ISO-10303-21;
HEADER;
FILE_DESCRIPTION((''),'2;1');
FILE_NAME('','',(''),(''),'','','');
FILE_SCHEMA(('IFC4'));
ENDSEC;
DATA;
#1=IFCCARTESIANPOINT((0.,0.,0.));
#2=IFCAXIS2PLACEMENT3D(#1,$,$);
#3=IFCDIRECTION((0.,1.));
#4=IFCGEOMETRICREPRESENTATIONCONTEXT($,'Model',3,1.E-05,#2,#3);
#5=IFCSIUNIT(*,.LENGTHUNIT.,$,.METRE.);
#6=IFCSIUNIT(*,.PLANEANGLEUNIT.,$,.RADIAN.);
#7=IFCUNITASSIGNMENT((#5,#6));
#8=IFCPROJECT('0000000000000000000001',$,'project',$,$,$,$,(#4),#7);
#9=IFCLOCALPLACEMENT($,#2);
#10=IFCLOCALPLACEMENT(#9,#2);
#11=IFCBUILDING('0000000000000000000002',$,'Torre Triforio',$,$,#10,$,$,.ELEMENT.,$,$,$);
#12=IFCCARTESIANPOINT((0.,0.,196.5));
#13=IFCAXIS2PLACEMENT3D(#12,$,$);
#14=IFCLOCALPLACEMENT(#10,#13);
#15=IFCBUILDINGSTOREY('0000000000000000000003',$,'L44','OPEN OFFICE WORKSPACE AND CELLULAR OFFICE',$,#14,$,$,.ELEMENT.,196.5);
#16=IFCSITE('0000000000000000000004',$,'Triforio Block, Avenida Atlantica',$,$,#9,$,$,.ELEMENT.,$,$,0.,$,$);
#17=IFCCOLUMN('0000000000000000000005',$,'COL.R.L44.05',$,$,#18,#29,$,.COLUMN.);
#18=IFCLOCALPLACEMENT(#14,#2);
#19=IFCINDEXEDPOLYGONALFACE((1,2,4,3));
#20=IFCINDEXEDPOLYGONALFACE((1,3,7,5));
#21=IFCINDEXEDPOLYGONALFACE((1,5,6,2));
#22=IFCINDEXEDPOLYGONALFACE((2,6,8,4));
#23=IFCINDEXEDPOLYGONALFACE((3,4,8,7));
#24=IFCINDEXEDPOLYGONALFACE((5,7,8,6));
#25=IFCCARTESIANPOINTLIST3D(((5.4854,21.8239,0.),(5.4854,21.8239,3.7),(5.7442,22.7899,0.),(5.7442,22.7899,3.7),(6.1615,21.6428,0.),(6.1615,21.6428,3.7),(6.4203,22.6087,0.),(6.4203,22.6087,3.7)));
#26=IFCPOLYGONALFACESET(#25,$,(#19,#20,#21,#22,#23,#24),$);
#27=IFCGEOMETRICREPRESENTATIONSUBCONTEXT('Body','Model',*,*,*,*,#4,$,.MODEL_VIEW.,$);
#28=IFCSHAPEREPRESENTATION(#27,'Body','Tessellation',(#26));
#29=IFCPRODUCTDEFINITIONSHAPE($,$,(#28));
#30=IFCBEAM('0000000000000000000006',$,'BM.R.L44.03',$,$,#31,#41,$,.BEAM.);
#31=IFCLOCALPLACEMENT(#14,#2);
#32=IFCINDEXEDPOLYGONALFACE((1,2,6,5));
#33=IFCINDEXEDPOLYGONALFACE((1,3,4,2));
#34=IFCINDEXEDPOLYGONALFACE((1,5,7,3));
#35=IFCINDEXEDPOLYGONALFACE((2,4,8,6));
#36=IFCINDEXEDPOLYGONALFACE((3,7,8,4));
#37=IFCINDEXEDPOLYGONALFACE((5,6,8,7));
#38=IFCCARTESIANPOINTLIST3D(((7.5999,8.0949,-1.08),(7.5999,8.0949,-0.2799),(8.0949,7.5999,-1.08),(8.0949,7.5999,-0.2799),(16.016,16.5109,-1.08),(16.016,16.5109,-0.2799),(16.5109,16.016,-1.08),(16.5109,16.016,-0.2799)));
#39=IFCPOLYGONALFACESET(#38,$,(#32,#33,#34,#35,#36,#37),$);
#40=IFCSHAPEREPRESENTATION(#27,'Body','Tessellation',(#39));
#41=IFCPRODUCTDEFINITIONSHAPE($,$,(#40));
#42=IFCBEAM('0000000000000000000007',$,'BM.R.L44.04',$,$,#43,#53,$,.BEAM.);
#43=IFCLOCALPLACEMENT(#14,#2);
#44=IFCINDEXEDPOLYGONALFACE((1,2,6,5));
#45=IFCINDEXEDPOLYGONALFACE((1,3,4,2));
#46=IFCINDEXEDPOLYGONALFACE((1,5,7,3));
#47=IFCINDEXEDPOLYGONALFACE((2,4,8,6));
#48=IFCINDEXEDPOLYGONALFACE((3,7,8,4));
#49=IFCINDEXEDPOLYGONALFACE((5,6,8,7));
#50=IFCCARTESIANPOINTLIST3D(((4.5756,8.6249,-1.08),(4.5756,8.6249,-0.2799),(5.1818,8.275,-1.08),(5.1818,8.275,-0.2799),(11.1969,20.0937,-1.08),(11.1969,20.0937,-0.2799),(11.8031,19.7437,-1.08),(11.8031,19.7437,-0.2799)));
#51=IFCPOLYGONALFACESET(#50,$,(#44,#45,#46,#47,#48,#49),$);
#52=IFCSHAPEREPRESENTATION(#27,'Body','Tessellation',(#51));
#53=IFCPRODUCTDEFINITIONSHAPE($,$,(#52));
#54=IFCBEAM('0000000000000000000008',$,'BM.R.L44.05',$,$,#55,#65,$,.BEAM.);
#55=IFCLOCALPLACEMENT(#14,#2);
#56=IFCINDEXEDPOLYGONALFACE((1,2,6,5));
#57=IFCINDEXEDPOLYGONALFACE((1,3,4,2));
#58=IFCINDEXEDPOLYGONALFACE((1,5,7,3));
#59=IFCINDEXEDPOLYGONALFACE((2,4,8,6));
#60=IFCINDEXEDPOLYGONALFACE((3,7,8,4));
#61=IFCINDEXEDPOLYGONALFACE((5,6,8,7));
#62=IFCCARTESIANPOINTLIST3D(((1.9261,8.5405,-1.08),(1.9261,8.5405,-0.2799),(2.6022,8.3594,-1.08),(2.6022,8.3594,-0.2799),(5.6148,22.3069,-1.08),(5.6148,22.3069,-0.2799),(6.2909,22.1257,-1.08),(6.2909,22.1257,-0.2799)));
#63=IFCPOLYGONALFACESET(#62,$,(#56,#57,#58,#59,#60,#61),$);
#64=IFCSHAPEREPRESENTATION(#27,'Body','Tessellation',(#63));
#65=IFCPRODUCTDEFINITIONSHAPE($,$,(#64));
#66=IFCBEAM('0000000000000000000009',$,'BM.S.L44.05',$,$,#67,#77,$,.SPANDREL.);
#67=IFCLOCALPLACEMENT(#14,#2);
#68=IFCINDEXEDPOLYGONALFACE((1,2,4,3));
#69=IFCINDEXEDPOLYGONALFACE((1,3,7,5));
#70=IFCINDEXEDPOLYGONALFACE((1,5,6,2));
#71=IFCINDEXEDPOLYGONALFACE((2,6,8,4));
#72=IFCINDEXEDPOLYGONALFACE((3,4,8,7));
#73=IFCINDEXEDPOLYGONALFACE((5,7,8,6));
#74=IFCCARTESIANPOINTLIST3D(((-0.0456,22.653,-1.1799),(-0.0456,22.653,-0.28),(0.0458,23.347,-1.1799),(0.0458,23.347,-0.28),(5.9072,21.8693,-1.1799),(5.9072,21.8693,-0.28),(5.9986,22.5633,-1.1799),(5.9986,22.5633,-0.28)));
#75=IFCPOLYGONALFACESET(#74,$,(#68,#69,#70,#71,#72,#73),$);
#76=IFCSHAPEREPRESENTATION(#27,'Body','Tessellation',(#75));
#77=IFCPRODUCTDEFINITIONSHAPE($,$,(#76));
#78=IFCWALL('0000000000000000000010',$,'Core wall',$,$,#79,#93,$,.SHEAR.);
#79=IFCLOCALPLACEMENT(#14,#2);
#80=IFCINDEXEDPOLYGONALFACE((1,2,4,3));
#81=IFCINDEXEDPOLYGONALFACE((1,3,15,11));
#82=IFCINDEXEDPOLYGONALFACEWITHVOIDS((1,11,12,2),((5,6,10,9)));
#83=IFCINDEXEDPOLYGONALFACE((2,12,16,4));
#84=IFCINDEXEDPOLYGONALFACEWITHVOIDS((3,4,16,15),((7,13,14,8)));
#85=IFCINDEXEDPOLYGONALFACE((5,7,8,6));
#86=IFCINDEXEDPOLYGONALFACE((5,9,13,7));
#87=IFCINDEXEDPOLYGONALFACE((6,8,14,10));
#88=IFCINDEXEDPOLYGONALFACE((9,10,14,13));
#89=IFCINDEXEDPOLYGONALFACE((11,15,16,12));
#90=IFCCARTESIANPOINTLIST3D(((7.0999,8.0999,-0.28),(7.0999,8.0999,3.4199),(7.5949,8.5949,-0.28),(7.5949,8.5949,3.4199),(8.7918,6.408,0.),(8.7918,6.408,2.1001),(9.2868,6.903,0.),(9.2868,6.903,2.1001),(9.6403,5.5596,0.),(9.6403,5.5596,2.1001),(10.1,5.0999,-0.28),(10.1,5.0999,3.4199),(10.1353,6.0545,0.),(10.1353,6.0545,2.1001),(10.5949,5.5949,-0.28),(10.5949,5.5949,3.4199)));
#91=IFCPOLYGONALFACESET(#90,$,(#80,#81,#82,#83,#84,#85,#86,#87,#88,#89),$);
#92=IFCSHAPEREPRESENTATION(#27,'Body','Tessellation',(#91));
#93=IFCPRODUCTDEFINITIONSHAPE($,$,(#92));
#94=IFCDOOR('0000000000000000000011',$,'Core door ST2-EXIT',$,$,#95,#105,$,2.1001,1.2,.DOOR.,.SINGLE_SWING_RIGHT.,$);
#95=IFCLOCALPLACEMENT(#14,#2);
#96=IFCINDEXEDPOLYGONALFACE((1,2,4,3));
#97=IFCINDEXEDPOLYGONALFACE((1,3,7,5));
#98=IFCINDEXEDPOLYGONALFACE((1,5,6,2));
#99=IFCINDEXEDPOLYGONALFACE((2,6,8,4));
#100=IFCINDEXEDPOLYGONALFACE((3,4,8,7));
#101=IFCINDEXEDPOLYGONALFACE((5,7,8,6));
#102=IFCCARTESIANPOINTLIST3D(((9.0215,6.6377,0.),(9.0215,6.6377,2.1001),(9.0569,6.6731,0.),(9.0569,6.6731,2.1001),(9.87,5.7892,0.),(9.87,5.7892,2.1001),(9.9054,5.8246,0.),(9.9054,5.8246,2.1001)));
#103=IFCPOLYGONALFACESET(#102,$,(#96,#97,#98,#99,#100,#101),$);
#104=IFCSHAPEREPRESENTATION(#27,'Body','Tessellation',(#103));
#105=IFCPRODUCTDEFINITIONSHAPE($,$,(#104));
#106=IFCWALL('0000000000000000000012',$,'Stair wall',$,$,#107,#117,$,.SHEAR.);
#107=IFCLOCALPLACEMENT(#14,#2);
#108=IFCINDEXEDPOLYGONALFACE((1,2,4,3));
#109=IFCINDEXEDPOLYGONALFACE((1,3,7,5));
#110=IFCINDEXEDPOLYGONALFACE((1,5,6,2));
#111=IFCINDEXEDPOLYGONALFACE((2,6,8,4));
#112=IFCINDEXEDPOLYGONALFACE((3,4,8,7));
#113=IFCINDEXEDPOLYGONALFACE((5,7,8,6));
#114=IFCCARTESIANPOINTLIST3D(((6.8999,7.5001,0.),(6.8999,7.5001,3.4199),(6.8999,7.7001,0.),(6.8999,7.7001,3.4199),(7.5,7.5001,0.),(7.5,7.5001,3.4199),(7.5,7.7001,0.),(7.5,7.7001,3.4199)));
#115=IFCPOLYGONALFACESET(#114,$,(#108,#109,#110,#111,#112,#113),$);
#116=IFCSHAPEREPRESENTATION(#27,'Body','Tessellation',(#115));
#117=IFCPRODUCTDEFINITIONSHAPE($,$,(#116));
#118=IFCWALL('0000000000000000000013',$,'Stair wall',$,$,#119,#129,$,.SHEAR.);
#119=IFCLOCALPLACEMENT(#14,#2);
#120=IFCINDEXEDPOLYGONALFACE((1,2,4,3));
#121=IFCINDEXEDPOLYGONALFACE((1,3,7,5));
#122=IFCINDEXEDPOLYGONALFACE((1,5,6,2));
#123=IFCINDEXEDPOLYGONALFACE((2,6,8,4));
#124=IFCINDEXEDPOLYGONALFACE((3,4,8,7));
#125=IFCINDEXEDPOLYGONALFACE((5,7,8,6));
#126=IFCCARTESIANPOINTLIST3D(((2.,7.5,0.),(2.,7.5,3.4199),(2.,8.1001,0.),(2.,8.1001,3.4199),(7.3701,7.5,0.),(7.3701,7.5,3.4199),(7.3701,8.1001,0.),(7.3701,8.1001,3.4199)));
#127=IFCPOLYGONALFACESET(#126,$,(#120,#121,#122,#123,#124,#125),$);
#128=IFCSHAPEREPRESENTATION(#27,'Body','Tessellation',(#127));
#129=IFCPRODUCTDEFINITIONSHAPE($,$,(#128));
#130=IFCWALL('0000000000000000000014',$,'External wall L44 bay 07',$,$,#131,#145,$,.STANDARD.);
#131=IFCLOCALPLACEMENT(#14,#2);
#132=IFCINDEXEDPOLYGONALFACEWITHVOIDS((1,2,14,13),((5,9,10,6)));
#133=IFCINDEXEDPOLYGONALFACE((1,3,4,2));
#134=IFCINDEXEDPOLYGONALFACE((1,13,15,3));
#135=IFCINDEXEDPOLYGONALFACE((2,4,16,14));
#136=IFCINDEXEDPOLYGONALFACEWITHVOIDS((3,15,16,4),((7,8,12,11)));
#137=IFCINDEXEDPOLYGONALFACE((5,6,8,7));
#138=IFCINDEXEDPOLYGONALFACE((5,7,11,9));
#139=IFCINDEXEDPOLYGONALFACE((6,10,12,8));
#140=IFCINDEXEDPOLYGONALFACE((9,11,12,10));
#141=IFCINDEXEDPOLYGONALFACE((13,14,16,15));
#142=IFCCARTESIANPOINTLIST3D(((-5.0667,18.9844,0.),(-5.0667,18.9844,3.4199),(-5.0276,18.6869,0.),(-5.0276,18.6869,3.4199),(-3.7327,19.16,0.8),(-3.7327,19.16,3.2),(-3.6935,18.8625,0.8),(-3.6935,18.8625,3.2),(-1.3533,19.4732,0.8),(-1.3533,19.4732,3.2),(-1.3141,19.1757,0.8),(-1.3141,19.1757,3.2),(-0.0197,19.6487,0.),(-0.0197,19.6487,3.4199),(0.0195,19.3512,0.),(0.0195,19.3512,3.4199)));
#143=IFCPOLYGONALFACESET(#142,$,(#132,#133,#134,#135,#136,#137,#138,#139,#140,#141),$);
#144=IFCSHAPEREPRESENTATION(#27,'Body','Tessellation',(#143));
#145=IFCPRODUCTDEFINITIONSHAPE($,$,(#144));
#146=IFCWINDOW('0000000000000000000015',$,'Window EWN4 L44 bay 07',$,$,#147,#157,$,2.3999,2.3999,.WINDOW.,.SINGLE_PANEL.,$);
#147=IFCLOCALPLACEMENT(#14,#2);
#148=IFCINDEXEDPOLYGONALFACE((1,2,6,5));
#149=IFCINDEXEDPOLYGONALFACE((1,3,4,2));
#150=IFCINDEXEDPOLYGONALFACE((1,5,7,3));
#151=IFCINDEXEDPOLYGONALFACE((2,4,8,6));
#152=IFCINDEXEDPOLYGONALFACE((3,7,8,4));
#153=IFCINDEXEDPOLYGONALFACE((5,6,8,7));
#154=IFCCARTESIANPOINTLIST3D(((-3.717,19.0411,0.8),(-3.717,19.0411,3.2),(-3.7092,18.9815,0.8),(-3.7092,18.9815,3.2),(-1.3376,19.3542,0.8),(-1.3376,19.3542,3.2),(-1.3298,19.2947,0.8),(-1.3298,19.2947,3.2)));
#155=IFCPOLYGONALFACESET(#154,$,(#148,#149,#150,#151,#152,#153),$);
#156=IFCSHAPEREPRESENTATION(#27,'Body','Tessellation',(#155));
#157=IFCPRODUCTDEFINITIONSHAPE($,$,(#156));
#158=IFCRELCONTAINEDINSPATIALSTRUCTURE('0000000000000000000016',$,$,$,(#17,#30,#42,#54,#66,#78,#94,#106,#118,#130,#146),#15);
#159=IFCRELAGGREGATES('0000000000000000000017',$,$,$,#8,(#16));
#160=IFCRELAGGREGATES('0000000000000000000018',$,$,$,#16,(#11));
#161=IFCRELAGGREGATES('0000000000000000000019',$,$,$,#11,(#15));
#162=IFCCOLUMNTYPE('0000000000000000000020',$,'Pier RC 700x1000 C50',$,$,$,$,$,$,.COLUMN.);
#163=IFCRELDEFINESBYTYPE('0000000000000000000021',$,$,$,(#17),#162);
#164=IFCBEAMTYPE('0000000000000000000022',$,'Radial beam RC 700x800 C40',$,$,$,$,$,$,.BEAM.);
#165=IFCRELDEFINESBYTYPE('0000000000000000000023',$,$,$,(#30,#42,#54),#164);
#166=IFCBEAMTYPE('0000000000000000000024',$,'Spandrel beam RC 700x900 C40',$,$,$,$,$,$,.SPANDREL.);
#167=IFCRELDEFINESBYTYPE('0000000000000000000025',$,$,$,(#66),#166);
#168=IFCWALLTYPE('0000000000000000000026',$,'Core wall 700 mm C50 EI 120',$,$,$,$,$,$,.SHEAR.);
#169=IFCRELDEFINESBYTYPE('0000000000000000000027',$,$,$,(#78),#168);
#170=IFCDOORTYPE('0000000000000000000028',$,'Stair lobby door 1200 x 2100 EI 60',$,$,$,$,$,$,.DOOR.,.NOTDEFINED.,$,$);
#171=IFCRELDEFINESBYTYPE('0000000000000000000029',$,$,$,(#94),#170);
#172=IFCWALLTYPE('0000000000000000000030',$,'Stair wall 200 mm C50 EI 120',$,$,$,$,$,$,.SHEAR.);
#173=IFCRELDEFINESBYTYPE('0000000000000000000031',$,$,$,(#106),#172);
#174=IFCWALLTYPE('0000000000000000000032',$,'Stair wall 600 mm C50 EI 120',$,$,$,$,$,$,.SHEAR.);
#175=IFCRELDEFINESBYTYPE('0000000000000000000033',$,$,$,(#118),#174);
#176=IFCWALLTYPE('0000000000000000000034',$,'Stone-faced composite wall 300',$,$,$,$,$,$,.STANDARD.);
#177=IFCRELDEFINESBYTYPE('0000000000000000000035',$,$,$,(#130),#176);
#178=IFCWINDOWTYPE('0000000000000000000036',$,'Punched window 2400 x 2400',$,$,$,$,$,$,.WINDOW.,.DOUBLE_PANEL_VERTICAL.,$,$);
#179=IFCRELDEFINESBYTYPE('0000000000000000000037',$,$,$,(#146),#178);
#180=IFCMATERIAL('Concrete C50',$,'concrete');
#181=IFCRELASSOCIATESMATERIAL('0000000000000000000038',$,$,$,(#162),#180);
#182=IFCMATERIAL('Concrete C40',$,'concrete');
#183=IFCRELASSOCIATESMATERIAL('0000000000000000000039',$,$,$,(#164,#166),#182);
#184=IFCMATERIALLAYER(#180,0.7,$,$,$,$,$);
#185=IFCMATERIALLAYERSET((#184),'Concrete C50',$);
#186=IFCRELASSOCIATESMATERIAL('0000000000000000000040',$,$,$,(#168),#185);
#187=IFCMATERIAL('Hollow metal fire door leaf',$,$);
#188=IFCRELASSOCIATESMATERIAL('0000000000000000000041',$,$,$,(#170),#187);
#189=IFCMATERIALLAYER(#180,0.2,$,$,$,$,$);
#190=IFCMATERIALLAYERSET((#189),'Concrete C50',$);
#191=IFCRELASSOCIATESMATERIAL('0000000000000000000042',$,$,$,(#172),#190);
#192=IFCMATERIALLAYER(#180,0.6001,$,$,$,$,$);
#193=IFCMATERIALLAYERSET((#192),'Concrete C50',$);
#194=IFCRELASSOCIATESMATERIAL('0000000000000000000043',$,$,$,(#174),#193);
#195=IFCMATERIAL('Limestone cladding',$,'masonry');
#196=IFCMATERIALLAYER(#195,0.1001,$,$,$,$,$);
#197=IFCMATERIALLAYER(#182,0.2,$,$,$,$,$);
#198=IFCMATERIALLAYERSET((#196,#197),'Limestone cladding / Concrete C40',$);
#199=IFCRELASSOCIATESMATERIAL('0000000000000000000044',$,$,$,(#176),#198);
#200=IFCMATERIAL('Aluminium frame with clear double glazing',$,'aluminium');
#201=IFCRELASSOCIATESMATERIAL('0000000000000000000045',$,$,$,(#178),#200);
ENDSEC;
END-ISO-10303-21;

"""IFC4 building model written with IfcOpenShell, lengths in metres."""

from ifc_helpers import new_model, si_unit, direction, frame, frame_2d, origin, origin_2d, place, context, subcontext, project, spatial, rectangle, extrude, material, layer, layer_set, material_profile, profile_set, type_object, element, fill, save


model = new_model("IFC4")

# Units and contexts
model_context = context("Model", 3, precision=1e-05, world=origin(), true_north=direction((0.0, 1.0)))
body_context = subcontext(model_context, "Body", "Model", "MODEL_VIEW")
ifc_project = project(units=[si_unit("LENGTHUNIT", "METRE"), si_unit("PLANEANGLEUNIT", "RADIAN")], contexts=[model_context])

# Site, building, storey
site_placement = place(None, origin())
site = spatial("IfcSite", under=ifc_project, at=site_placement, Name="Triforio Block, Avenida Atlantica", CompositionType="ELEMENT", RefElevation=0.0)
building_placement = place(site_placement, origin())
building = spatial("IfcBuilding", under=site, at=building_placement, Name="Torre Triforio", CompositionType="ELEMENT")
storey_placement = place(building_placement, frame((0.0, 0.0, 196.5)))
storey = spatial("IfcBuildingStorey", under=building, at=storey_placement, Name="L44", Description="OPEN OFFICE WORKSPACE AND CELLULAR OFFICE", CompositionType="ELEMENT", Elevation=196.5)

# Column
ifc_material_1 = material(Name="Concrete C50", Category="concrete")
ifc_material_profile_1 = material_profile(ifc_material_1, rectangle(XDim=0.7, YDim=1.0, at=origin_2d()), Name="RC 700x1000")
ifc_profile_set_1 = profile_set([ifc_material_profile_1], Name="Concrete C50")
column_type = type_object("IfcColumnType", Name="Pier RC 700x1000 C50", PredefinedType="COLUMN", material=ifc_profile_set_1)
column_placement = place(storey_placement, frame((5.9529, 22.2163, 0.0), z_axis=(0.0, 0.0, 1.0), x_axis=(-0.965926, 0.258819, 0.0)))
element("IfcColumn", 1, at=column_placement, inside=storey, type_object=column_type, Name="COL.R.L44.05", PredefinedType="COLUMN", context=body_context, shape_type="SweptSolid", body=[
    extrude(rectangle(XDim=0.7, YDim=1.0, at=origin_2d()), origin(), (0.0, 0.0, 1.0), 3.7),
])

# Beams
ifc_material_2 = material(Name="Concrete C40", Category="concrete")
ifc_material_profile_2 = material_profile(ifc_material_2, rectangle(XDim=0.7, YDim=0.8, at=origin_2d()), Name="RC 700x800")
ifc_profile_set_2 = profile_set([ifc_material_profile_2], Name="Concrete C40")
beam_type_1 = type_object("IfcBeamType", Name="Radial beam RC 700x800 C40", PredefinedType="BEAM", material=ifc_profile_set_2)
beam_1_placement = place(storey_placement, frame((7.8474, 7.8474, -0.6799), z_axis=(0.707107, 0.707107, 0.0), x_axis=(-0.707107, 0.707107, 0.0)))
element("IfcBeam", 2, at=beam_1_placement, inside=storey, type_object=beam_type_1, Name="BM.R.L44.03", PredefinedType="BEAM", context=body_context, shape_type="SweptSolid", body=[
    extrude(rectangle(XDim=0.7, YDim=0.8, at=origin_2d()), origin(), (0.0, 0.0, 1.0), 11.9021),
])
beam_2_placement = place(storey_placement, frame((4.8787, 8.45, -0.6799), z_axis=(0.499992, 0.86603, 0.0), x_axis=(-0.86603, 0.499992, 0.0)))
element("IfcBeam", 3, at=beam_2_placement, inside=storey, type_object=beam_type_1, Name="BM.R.L44.04", PredefinedType="BEAM", context=body_context, shape_type="SweptSolid", body=[
    extrude(rectangle(XDim=0.7, YDim=0.8, at=origin_2d()), origin(), (0.0, 0.0, 1.0), 13.2429),
])
beam_3_placement = place(storey_placement, frame((2.2642, 8.45, -0.6799), z_axis=(0.258821, 0.965925, 0.0), x_axis=(-0.965925, 0.258821, 0.0)))
element("IfcBeam", 4, at=beam_3_placement, inside=storey, type_object=beam_type_1, Name="BM.R.L44.05", PredefinedType="BEAM", context=body_context, shape_type="SweptSolid", body=[
    extrude(rectangle(XDim=0.7, YDim=0.8, at=origin_2d()), origin(), (0.0, 0.0, 1.0), 14.252),
])
ifc_material_profile_3 = material_profile(ifc_material_2, rectangle(XDim=0.7, YDim=0.8999, at=origin_2d()), Name="RC 700x900")
ifc_profile_set_3 = profile_set([ifc_material_profile_3], Name="Concrete C40")
beam_type_2 = type_object("IfcBeamType", Name="Spandrel beam RC 700x900 C40", PredefinedType="SPANDREL", material=ifc_profile_set_3)
beam_4_placement = place(storey_placement, frame((5.9529, 22.2163, -0.73), z_axis=(-0.991445, 0.130523, 0.0), x_axis=(-0.130523, -0.991445, 0.0)))
element("IfcBeam", 5, at=beam_4_placement, inside=storey, type_object=beam_type_2, Name="BM.S.L44.05", PredefinedType="SPANDREL", context=body_context, shape_type="SweptSolid", body=[
    extrude(rectangle(XDim=0.7, YDim=0.8999, at=origin_2d()), origin(), (0.0, 0.0, 1.0), 6.0042),
])

# Wall, opening, door
ifc_layer_1 = layer(ifc_material_1, 0.7)
ifc_layer_set_1 = layer_set([ifc_layer_1], Name="Concrete C50")
wall_type_1 = type_object("IfcWallType", Name="Core wall 700 mm C50 EI 120", PredefinedType="SHEAR", material=ifc_layer_set_1)
wall_1_placement = place(storey_placement, frame((7.3474, 8.3474, -0.28), z_axis=(0.0, 0.0, 1.0), x_axis=(0.707107, -0.707107, 0.0)))
wall_1 = element("IfcWall", 6, at=wall_1_placement, inside=storey, type_object=wall_type_1, Name="Core wall", PredefinedType="SHEAR", context=body_context, shape_type="SweptSolid", body=[
    extrude(rectangle(XDim=4.2427, YDim=0.7, at=frame_2d((2.1213, 0.0))), origin(), (0.0, 0.0, 1.0), 3.7),
])
opening_1_placement = place(wall_1_placement, frame((2.3926, 0.0, 0.28)))
opening_1 = element("IfcOpeningElement", 7, at=opening_1_placement, cuts=wall_1, PredefinedType="OPENING", context=body_context, shape_type="SweptSolid", body=[
    extrude(rectangle(XDim=1.2, YDim=2.1001, at=frame_2d((0.6001, 1.05))), frame((0.0, 0.3599, 0.0), z_axis=(0.0, -1.0, 0.0), x_axis=(1.0, 0.0, 0.0)), (0.0, 0.0, 1.0), 0.72),
])
ifc_material_3 = material(Name="Hollow metal fire door leaf")
door_type_1 = type_object("IfcDoorType", Name="Stair lobby door 1200 x 2100 EI 60", OperationType="NOTDEFINED", PredefinedType="DOOR", material=ifc_material_3)
door_1_placement = place(opening_1_placement, origin())
door_1 = element("IfcDoor", 8, at=door_1_placement, inside=storey, type_object=door_type_1, Name="Core door ST2-EXIT", OperationType="SINGLE_SWING_RIGHT", OverallHeight=2.1001, OverallWidth=1.2, PredefinedType="DOOR", context=body_context, shape_type="SweptSolid", body=[
    extrude(rectangle(XDim=1.2, YDim=2.1001, at=frame_2d((0.6001, 1.05))), frame((0.0, 0.0249, 0.0), z_axis=(0.0, -1.0, 0.0), x_axis=(1.0, 0.0, 0.0)), (0.0, 0.0, 1.0), 0.05),
])
fill(opening_1, door_1)

# Walls
ifc_layer_2 = layer(ifc_material_1, 0.2)
ifc_layer_set_2 = layer_set([ifc_layer_2], Name="Concrete C50")
wall_type_2 = type_object("IfcWallType", Name="Stair wall 200 mm C50 EI 120", PredefinedType="SHEAR", material=ifc_layer_set_2)
wall_2_placement = place(storey_placement, frame((6.8999, 7.6001, 0.0), z_axis=(0.0, 0.0, 1.0), x_axis=(1.0, 0.0, 0.0)))
element("IfcWall", 9, at=wall_2_placement, inside=storey, type_object=wall_type_2, Name="Stair wall", PredefinedType="SHEAR", context=body_context, shape_type="SweptSolid", body=[
    extrude(rectangle(XDim=0.6001, YDim=0.2, at=frame_2d((0.3, 0.0))), origin(), (0.0, 0.0, 1.0), 3.4199),
])
ifc_layer_3 = layer(ifc_material_1, 0.6001)
ifc_layer_set_3 = layer_set([ifc_layer_3], Name="Concrete C50")
wall_type_3 = type_object("IfcWallType", Name="Stair wall 600 mm C50 EI 120", PredefinedType="SHEAR", material=ifc_layer_set_3)
wall_3_placement = place(storey_placement, frame((2.0, 7.8, 0.0), z_axis=(0.0, 0.0, 1.0), x_axis=(1.0, 0.0, 0.0)))
element("IfcWall", 10, at=wall_3_placement, inside=storey, type_object=wall_type_3, Name="Stair wall", PredefinedType="SHEAR", context=body_context, shape_type="SweptSolid", body=[
    extrude(rectangle(XDim=5.3701, YDim=0.6001, at=frame_2d((2.6851, 0.0))), origin(), (0.0, 0.0, 1.0), 3.4199),
])

# Shared definitions
ifc_material_4 = material(Name="Limestone cladding", Category="masonry")
ifc_layer_4 = layer(ifc_material_4, 0.1001)
ifc_layer_5 = layer(ifc_material_2, 0.2)
ifc_layer_set_4 = layer_set([ifc_layer_4, ifc_layer_5], Name="Limestone cladding / Concrete C40")
wall_type_4 = type_object("IfcWallType", Name="Stone-faced composite wall 300", PredefinedType="STANDARD", material=ifc_layer_set_4)
ifc_material_5 = material(Name="Aluminium frame with clear double glazing", Category="aluminium")

# Wall, opening, window
wall_4_placement = place(storey_placement, frame((0.0, 19.5, 0.0), z_axis=(0.0, 0.0, 1.0), x_axis=(-0.991449, -0.130495, 0.0)))
wall_4 = element("IfcWall", 11, at=wall_4_placement, inside=storey, type_object=wall_type_4, Name="External wall L44 bay 07", PredefinedType="STANDARD", context=body_context, shape_type="SweptSolid", body=[
    extrude(rectangle(XDim=5.0906, YDim=0.3, at=frame_2d((2.5454, 0.0))), origin(), (0.0, 0.0, 1.0), 3.4199),
])
opening_2_placement = place(wall_4_placement, frame((1.3452, 0.0, 0.8)))
opening_2 = element("IfcOpeningElement", 12, at=opening_2_placement, cuts=wall_4, PredefinedType="OPENING", context=body_context, shape_type="SweptSolid", body=[
    extrude(rectangle(XDim=2.3999, YDim=2.3999, at=frame_2d((1.2, 1.2))), frame((0.0, 0.1599, 0.0), z_axis=(0.0, -1.0, 0.0), x_axis=(1.0, 0.0, 0.0)), (0.0, 0.0, 1.0), 0.3201),
])
window_type_1 = type_object("IfcWindowType", Name="Punched window 2400 x 2400", PartitioningType="DOUBLE_PANEL_VERTICAL", PredefinedType="WINDOW", material=ifc_material_5)
window_1_placement = place(opening_2_placement, origin())
window_1 = element("IfcWindow", 13, at=window_1_placement, inside=storey, type_object=window_type_1, Name="Window EWN4 L44 bay 07", OverallHeight=2.3999, OverallWidth=2.3999, PartitioningType="SINGLE_PANEL", PredefinedType="WINDOW", context=body_context, shape_type="SweptSolid", body=[
    extrude(rectangle(XDim=2.3999, YDim=2.3999, at=frame_2d((1.2, 1.2))), frame((0.0, 0.03, 0.0), z_axis=(0.0, -1.0, 0.0), x_axis=(1.0, 0.0, 0.0)), (0.0, 0.0, 1.0), 0.0601),
])
fill(opening_2, window_1)

save(model, "model.ifc")
